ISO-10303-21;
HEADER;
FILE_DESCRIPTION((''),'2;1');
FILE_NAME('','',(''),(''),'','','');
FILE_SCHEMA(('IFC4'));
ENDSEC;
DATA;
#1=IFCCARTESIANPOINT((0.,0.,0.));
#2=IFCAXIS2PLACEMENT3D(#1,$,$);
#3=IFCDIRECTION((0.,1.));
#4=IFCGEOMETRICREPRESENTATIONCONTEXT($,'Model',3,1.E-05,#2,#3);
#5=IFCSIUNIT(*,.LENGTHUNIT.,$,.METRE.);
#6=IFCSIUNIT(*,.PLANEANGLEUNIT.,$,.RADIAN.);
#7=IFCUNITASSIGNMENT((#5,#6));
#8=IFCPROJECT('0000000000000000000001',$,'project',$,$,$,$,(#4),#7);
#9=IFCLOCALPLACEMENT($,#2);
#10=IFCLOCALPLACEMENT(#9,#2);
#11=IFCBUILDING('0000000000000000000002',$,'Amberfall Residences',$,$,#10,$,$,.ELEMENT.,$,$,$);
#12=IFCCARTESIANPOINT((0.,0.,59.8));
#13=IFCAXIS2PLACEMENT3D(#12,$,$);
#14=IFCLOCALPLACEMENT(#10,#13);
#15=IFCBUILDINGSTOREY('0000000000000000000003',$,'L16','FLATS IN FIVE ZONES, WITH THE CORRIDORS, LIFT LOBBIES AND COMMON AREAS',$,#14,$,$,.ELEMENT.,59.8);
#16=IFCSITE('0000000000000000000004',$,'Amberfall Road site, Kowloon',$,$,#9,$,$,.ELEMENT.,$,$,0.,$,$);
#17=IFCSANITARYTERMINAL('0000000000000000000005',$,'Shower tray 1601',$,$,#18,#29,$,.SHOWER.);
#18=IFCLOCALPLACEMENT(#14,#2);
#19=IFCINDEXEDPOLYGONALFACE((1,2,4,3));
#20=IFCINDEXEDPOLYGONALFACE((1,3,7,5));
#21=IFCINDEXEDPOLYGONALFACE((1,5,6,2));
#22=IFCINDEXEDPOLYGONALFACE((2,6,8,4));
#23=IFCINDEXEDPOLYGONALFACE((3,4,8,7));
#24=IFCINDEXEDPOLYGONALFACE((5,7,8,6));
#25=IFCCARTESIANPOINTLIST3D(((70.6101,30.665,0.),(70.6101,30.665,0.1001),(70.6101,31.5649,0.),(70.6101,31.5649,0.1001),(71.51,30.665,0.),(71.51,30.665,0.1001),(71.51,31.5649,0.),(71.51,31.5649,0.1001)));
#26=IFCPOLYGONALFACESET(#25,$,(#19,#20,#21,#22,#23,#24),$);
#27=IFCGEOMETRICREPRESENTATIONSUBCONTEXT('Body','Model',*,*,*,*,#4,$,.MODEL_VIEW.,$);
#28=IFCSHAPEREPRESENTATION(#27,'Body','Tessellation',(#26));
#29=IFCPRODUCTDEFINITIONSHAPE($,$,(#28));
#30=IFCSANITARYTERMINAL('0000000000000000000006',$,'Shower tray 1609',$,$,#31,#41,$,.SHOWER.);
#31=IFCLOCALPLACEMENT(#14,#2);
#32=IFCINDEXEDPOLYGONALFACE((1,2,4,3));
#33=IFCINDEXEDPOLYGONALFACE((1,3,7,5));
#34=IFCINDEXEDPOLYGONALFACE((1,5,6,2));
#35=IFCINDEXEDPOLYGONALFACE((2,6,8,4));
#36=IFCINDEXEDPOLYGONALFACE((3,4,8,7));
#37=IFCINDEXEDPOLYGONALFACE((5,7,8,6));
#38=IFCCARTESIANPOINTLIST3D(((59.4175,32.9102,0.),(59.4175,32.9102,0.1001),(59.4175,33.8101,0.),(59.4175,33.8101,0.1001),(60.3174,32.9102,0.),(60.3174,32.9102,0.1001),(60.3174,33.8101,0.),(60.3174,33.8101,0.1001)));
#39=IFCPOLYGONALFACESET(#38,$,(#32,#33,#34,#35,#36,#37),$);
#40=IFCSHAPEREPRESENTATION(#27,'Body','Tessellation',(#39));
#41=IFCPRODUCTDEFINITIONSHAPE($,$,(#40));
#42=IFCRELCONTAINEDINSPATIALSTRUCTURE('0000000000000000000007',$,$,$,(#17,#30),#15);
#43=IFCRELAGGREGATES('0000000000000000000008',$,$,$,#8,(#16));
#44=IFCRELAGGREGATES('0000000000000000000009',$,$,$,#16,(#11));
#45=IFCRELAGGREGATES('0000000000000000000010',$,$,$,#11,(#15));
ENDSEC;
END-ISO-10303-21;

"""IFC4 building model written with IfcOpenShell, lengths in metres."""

from ifc_helpers import new_model, si_unit, direction, frame, origin, origin_2d, place, context, subcontext, project, spatial, rectangle, extrude, element, save


model = new_model("IFC4")

# Units and contexts
model_context = context("Model", 3, precision=1e-05, world=origin(), true_north=direction((0.0, 1.0)))
body_context = subcontext(model_context, "Body", "Model", "MODEL_VIEW")
ifc_project = project(units=[si_unit("LENGTHUNIT", "METRE"), si_unit("PLANEANGLEUNIT", "RADIAN")], contexts=[model_context])

# Site, building, storey
site_placement = place(None, origin())
site = spatial("IfcSite", under=ifc_project, at=site_placement, Name="Amberfall Road site, Kowloon", CompositionType="ELEMENT", RefElevation=0.0)
building_placement = place(site_placement, origin())
building = spatial("IfcBuilding", under=site, at=building_placement, Name="Amberfall Residences", CompositionType="ELEMENT")
storey_placement = place(building_placement, frame((0.0, 0.0, 59.8)))
storey = spatial("IfcBuildingStorey", under=building, at=storey_placement, Name="L16", Description="FLATS IN FIVE ZONES, WITH THE CORRIDORS, LIFT LOBBIES AND COMMON AREAS", CompositionType="ELEMENT", Elevation=59.8)

# Sanitary terminals
for number, where, z_axis, x_axis, name in (
    (1, (71.0601, 31.115, 0.0), (0.0, 0.0, 1.0), (1.0, 0.0, 0.0), "Shower tray 1601"),
    (2, (59.8674, 33.3601, 0.0), (0.0, 0.0, 1.0), (1.0, 0.0, 0.0), "Shower tray 1609"),
):
    element("IfcSanitaryTerminal", number, at=place(storey_placement, frame(where, z_axis=z_axis, x_axis=x_axis)), inside=storey, Name=name, PredefinedType="SHOWER", context=body_context, shape_type="SweptSolid", body=[
        extrude(rectangle(XDim=0.8999, YDim=0.8999, at=origin_2d()), origin(), (0.0, 0.0, 1.0), 0.1001),
    ])

save(model, "model.ifc")
